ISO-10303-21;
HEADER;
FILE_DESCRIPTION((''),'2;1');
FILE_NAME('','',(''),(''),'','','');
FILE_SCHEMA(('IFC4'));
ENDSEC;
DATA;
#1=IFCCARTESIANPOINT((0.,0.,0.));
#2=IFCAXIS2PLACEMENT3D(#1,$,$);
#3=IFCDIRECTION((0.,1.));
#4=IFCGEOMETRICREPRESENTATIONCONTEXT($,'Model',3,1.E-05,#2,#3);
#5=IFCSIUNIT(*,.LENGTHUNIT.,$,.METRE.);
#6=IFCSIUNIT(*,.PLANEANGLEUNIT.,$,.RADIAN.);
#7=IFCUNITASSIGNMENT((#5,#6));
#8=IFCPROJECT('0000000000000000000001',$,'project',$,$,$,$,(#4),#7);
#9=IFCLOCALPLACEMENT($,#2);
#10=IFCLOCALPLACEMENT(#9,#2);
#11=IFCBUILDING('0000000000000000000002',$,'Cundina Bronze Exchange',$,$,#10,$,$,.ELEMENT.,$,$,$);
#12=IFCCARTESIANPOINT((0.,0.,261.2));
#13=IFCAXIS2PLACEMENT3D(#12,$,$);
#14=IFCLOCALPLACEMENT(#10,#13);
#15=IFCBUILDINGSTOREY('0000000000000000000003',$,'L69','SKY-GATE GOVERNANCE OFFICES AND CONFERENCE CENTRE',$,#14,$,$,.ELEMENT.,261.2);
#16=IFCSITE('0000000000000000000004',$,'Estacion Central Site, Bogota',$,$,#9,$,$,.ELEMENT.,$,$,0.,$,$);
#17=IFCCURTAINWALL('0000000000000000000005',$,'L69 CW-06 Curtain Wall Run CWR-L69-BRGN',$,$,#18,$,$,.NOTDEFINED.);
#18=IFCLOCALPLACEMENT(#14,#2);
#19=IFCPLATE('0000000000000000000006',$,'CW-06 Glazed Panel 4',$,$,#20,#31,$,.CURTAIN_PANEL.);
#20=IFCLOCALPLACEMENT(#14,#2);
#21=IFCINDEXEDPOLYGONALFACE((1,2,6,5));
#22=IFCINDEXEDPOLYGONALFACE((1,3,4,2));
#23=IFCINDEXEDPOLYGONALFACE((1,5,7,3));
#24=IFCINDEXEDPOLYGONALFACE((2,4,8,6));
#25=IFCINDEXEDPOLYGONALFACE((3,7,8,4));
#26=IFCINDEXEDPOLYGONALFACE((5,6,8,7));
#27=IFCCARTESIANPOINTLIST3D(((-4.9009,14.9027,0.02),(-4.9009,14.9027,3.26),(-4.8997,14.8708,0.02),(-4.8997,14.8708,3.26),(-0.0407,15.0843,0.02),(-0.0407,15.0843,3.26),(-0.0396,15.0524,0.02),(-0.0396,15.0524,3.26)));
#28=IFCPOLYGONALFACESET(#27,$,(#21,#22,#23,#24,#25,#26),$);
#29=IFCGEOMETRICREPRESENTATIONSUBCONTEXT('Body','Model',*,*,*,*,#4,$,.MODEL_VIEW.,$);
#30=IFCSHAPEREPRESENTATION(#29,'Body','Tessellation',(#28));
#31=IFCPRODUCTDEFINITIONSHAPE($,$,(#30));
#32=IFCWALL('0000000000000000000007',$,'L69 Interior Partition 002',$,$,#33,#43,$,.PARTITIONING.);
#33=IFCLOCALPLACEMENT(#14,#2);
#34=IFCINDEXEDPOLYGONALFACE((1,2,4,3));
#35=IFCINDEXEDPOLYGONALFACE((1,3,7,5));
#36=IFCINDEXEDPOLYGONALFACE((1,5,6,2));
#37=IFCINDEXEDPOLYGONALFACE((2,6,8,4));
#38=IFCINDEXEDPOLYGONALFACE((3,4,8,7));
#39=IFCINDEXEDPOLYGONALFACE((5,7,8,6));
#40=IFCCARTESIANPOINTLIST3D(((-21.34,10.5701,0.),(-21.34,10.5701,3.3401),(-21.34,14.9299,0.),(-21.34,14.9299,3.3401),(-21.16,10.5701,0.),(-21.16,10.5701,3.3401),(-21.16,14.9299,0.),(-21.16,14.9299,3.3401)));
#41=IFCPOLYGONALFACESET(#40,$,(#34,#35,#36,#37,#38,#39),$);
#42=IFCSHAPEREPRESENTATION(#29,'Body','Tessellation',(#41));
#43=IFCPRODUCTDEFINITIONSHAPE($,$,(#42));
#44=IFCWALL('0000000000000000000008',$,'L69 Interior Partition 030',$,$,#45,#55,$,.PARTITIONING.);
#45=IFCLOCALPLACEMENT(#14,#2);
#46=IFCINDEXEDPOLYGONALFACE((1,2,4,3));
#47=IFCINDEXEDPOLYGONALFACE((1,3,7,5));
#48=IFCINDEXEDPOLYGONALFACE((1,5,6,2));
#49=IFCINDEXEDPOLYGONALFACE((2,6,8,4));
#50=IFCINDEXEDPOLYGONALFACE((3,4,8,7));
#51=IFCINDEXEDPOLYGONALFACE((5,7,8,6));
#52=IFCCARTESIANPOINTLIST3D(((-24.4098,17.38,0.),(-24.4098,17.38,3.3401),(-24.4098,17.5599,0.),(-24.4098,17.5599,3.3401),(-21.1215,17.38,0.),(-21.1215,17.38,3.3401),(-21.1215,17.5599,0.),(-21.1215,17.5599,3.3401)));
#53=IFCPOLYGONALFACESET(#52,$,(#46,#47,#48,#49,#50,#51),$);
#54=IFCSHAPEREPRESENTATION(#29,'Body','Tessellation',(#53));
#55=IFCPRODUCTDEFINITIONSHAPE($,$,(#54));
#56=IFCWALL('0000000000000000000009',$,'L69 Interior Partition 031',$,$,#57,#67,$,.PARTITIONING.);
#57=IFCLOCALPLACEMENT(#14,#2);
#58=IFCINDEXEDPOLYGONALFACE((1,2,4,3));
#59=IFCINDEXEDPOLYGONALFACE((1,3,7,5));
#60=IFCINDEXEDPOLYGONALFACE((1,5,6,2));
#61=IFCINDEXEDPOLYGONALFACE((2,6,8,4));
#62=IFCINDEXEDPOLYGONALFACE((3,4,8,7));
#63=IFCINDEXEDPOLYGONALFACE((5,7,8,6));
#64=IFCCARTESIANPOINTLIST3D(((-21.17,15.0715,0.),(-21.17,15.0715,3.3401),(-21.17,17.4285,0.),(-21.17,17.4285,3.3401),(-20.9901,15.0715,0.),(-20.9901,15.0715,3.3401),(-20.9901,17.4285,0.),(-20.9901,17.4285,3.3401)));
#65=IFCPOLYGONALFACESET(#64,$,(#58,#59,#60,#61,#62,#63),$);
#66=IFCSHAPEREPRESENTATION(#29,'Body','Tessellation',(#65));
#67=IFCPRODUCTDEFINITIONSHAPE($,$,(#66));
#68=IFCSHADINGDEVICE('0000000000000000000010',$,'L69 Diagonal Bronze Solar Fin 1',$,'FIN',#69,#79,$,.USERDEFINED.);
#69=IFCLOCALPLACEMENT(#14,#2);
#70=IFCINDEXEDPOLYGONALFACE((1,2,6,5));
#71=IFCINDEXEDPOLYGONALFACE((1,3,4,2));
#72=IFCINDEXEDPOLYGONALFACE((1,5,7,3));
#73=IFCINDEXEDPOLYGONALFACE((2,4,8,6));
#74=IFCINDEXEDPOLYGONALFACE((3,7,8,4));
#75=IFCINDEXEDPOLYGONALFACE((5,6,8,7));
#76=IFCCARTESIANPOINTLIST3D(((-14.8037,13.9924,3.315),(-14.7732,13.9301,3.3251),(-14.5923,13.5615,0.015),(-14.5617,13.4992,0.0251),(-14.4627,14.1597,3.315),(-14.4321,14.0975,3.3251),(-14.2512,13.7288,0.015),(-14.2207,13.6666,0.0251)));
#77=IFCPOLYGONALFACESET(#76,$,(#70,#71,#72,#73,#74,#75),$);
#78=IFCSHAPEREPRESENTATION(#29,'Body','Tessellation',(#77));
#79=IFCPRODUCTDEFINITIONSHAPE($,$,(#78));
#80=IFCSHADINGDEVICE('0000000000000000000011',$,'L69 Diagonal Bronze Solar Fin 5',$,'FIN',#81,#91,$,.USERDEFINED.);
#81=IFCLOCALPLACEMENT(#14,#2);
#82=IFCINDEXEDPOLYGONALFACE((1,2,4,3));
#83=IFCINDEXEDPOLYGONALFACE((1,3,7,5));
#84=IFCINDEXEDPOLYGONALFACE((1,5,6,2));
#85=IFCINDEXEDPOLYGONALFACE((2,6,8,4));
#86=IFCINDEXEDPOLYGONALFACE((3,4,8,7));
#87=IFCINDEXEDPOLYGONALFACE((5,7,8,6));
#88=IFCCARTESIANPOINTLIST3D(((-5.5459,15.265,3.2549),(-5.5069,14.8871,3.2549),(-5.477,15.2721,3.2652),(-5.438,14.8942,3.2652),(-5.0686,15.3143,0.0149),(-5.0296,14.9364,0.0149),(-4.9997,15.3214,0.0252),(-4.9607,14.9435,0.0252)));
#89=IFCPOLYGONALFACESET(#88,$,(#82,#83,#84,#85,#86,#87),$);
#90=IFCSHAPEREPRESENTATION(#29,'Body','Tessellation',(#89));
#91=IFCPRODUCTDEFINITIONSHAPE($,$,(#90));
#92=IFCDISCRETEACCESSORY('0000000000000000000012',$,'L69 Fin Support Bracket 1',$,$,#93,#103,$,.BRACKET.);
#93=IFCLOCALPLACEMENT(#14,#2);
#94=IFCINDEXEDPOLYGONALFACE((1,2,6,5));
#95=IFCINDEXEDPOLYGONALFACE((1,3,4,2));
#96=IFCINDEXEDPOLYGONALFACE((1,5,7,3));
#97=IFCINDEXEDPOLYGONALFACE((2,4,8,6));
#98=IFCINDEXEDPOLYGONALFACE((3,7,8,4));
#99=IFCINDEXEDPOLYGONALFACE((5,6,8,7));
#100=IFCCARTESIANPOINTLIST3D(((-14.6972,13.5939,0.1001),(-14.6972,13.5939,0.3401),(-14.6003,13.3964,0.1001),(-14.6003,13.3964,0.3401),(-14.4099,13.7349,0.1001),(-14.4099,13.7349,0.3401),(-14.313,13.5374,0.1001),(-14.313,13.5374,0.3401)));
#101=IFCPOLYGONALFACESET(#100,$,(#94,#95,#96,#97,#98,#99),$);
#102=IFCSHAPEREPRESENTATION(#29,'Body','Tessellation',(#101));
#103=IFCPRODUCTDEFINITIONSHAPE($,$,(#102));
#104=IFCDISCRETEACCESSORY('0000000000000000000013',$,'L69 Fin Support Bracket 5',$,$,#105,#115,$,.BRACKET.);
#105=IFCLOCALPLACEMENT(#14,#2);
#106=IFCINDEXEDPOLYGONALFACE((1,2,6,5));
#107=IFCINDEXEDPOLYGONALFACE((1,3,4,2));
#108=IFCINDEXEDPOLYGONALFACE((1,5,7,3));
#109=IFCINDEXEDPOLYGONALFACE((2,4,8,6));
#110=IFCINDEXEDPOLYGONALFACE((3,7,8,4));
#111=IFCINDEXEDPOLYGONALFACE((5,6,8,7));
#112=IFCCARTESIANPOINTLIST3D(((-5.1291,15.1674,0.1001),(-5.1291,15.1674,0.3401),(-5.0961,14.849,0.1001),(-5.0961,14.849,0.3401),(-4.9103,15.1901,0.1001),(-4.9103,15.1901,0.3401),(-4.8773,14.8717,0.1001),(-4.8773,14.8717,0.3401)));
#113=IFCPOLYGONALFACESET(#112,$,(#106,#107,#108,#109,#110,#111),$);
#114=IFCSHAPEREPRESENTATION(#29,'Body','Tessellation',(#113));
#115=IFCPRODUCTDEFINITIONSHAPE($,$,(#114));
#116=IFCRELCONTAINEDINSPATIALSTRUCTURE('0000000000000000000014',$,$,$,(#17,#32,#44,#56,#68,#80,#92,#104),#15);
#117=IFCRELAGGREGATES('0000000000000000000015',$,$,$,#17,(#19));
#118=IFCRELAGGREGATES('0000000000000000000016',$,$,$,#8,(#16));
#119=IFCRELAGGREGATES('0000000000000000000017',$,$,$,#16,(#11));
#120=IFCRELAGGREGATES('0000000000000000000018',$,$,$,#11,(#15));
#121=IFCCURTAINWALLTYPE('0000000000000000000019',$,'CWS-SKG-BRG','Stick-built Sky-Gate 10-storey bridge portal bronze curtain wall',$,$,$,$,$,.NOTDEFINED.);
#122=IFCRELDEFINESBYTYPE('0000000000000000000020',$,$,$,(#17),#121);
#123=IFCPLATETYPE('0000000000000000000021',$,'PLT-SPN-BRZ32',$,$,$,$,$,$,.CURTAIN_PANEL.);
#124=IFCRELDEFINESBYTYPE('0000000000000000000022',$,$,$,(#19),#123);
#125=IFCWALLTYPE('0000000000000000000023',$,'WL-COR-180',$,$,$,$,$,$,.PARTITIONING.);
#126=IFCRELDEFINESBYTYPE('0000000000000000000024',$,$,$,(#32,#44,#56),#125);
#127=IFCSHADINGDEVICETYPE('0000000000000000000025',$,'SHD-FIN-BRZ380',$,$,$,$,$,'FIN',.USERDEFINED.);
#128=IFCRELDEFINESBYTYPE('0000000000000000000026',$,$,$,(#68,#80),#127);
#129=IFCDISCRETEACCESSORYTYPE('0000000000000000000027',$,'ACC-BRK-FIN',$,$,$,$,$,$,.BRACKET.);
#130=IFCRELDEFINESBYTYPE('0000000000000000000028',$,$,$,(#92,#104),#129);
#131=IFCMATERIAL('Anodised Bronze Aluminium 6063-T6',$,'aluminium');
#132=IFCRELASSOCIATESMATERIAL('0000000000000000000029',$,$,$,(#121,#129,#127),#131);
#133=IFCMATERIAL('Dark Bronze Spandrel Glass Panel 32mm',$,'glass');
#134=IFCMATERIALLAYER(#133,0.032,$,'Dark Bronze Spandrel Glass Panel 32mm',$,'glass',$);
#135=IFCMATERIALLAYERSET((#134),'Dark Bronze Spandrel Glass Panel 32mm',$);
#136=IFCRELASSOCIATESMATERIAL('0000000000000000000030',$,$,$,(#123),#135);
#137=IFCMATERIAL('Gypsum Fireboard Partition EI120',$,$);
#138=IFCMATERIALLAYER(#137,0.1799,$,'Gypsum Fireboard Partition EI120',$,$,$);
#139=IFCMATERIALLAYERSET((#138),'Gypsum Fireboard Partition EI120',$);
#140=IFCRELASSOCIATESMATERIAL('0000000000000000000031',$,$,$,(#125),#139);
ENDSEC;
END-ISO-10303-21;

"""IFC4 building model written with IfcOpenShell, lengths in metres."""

from ifc_helpers import new_model, si_unit, direction, frame, frame_2d, origin, origin_2d, place, context, subcontext, project, spatial, rectangle, extrude, material, layer, layer_set, material_profile, profile_set, type_object, element, aggregate, save


model = new_model("IFC4")

# Units and contexts
model_context = context("Model", 3, precision=1e-05, world=origin(), true_north=direction((0.0, 1.0)))
body_context = subcontext(model_context, "Body", "Model", "MODEL_VIEW")
ifc_project = project(units=[si_unit("LENGTHUNIT", "METRE"), si_unit("PLANEANGLEUNIT", "RADIAN")], contexts=[model_context])

# Site, building, storey
site_placement = place(None, origin())
site = spatial("IfcSite", under=ifc_project, at=site_placement, Name="Estacion Central Site, Bogota", CompositionType="ELEMENT", RefElevation=0.0)
building_placement = place(site_placement, origin())
building = spatial("IfcBuilding", under=site, at=building_placement, Name="Cundina Bronze Exchange", CompositionType="ELEMENT")
storey_placement = place(building_placement, frame((0.0, 0.0, 261.2)))
storey = spatial("IfcBuildingStorey", under=building, at=storey_placement, Name="L69", Description="SKY-GATE GOVERNANCE OFFICES AND CONFERENCE CENTRE", CompositionType="ELEMENT", Elevation=261.2)

# Curtain wall
ifc_material_1 = material(Name="Anodised Bronze Aluminium 6063-T6", Category="aluminium")
curtain_wall_type = type_object("IfcCurtainWallType", Name="CWS-SKG-BRG", Description="Stick-built Sky-Gate 10-storey bridge portal bronze curtain wall", PredefinedType="NOTDEFINED", material=ifc_material_1)
curtain_wall_1_placement = place(storey_placement, origin())
curtain_wall_1 = element("IfcCurtainWall", 1, at=curtain_wall_1_placement, inside=storey, type_object=curtain_wall_type, Name="L69 CW-06 Curtain Wall Run CWR-L69-BRGN", PredefinedType="NOTDEFINED")

# Plate
ifc_material_2 = material(Name="Dark Bronze Spandrel Glass Panel 32mm", Category="glass")
ifc_layer_1 = layer(ifc_material_2, 0.032, Name="Dark Bronze Spandrel Glass Panel 32mm", Category="glass")
ifc_layer_set_1 = layer_set([ifc_layer_1], Name="Dark Bronze Spandrel Glass Panel 32mm")
plate_type_1 = type_object("IfcPlateType", Name="PLT-SPN-BRZ32", PredefinedType="CURTAIN_PANEL", material=ifc_layer_set_1)
plate_1_placement = place(storey_placement, frame((-2.4702, 14.9775, 0.02), z_axis=(0.0, 0.0, 1.0), x_axis=(-0.999303, -0.037341, 0.0)))
plate_1 = element("IfcPlate", 2, at=plate_1_placement, type_object=plate_type_1, Name="CW-06 Glazed Panel 4", PredefinedType="CURTAIN_PANEL", context=body_context, shape_type="SweptSolid", body=[
    extrude(rectangle(XDim=4.8635, YDim=0.032, at=origin_2d()), origin(), (0.0, 0.0, 1.0), 3.24),
])
aggregate(curtain_wall_1, [plate_1])

# Walls
ifc_material_3 = material(Name="Gypsum Fireboard Partition EI120")
ifc_layer_2 = layer(ifc_material_3, 0.1799, Name="Gypsum Fireboard Partition EI120")
ifc_layer_set_2 = layer_set([ifc_layer_2], Name="Gypsum Fireboard Partition EI120")
wall_type = type_object("IfcWallType", Name="WL-COR-180", PredefinedType="PARTITIONING", material=ifc_layer_set_2)
wall_1_placement = place(storey_placement, frame((-21.25, 10.5701, 0.0), z_axis=(0.0, 0.0, 1.0), x_axis=(0.0, 1.0, 0.0)))
element("IfcWall", 3, at=wall_1_placement, inside=storey, type_object=wall_type, Name="L69 Interior Partition 002", PredefinedType="PARTITIONING", context=body_context, shape_type="SweptSolid", body=[
    extrude(rectangle(XDim=4.3599, YDim=0.1799, at=frame_2d((2.1799, 0.0))), origin(), (0.0, 0.0, 1.0), 3.3401),
])
wall_2_placement = place(storey_placement, frame((-21.1216, 17.47, 0.0), z_axis=(0.0, 0.0, 1.0), x_axis=(-1.0, 0.0, 0.0)))
element("IfcWall", 4, at=wall_2_placement, inside=storey, type_object=wall_type, Name="L69 Interior Partition 030", PredefinedType="PARTITIONING", context=body_context, shape_type="SweptSolid", body=[
    extrude(rectangle(XDim=3.2883, YDim=0.1799, at=frame_2d((1.644, 0.0))), origin(), (0.0, 0.0, 1.0), 3.3401),
])
wall_3_placement = place(storey_placement, frame((-21.0801, 15.0715, 0.0), z_axis=(0.0, 0.0, 1.0), x_axis=(0.0, 1.0, 0.0)))
element("IfcWall", 5, at=wall_3_placement, inside=storey, type_object=wall_type, Name="L69 Interior Partition 031", PredefinedType="PARTITIONING", context=body_context, shape_type="SweptSolid", body=[
    extrude(rectangle(XDim=2.3569, YDim=0.1799, at=frame_2d((1.1785, 0.0))), origin(), (0.0, 0.0, 1.0), 3.3401),
])

# Shading devices
ifc_material_profile_1 = material_profile(ifc_material_1, rectangle(XDim=0.0701, YDim=0.3799, at=origin_2d()), Name="FIN70X380", Category="aluminium")
ifc_profile_set_1 = profile_set([ifc_material_profile_1], Name="Anodised Bronze Aluminium 6063-T6")
shading_device_type = type_object("IfcShadingDeviceType", Name="SHD-FIN-BRZ380", ElementType="FIN", PredefinedType="USERDEFINED", material=ifc_profile_set_1)
shading_device_1_placement = place(storey_placement, frame((-14.4065, 13.614, 0.02), z_axis=(-0.0634, 0.129217, 0.989588), x_axis=(0.4359, -0.888411, 0.143932)))
element("IfcShadingDevice", 6, at=shading_device_1_placement, inside=storey, type_object=shading_device_type, Name="L69 Diagonal Bronze Solar Fin 1", ObjectType="FIN", PredefinedType="USERDEFINED", context=body_context, shape_type="SweptSolid", body=[
    extrude(rectangle(XDim=0.0701, YDim=0.3799, at=origin_2d()), origin(), (0.0, 0.0, 1.0), 3.3347),
])
shading_device_2_placement = place(storey_placement, frame((-5.0146, 15.1289, 0.02), z_axis=(-0.145724, -0.015057, 0.989211), x_axis=(0.983972, 0.101669, 0.1465)))
element("IfcShadingDevice", 7, at=shading_device_2_placement, inside=storey, type_object=shading_device_type, Name="L69 Diagonal Bronze Solar Fin 5", ObjectType="FIN", PredefinedType="USERDEFINED", context=body_context, shape_type="SweptSolid", body=[
    extrude(rectangle(XDim=0.0701, YDim=0.3799, at=origin_2d()), origin(), (0.0, 0.0, 1.0), 3.2754),
])

# Discrete accessories
discrete_accessory_type = type_object("IfcDiscreteAccessoryType", Name="ACC-BRK-FIN", PredefinedType="BRACKET", material=ifc_material_1)
for number, where, z_axis, x_axis, name in (
    (8, (-14.5051, 13.5657, 0.1001), (0.0, 0.0, 1.0), (-0.440503, 0.897751, 0.0), "L69 Fin Support Bracket 1"),
    (9, (-5.0032, 15.0195, 0.1001), (0.0, 0.0, 1.0), (-0.994672, -0.103088, 0.0), "L69 Fin Support Bracket 5"),
):
    element("IfcDiscreteAccessory", number, at=place(storey_placement, frame(where, z_axis=z_axis, x_axis=x_axis)), inside=storey, type_object=discrete_accessory_type, Name=name, PredefinedType="BRACKET", context=body_context, shape_type="SweptSolid", body=[
        extrude(rectangle(XDim=0.22, YDim=0.3201, at=origin_2d()), origin(), (0.0, 0.0, 1.0), 0.24),
    ])

save(model, "model.ifc")
